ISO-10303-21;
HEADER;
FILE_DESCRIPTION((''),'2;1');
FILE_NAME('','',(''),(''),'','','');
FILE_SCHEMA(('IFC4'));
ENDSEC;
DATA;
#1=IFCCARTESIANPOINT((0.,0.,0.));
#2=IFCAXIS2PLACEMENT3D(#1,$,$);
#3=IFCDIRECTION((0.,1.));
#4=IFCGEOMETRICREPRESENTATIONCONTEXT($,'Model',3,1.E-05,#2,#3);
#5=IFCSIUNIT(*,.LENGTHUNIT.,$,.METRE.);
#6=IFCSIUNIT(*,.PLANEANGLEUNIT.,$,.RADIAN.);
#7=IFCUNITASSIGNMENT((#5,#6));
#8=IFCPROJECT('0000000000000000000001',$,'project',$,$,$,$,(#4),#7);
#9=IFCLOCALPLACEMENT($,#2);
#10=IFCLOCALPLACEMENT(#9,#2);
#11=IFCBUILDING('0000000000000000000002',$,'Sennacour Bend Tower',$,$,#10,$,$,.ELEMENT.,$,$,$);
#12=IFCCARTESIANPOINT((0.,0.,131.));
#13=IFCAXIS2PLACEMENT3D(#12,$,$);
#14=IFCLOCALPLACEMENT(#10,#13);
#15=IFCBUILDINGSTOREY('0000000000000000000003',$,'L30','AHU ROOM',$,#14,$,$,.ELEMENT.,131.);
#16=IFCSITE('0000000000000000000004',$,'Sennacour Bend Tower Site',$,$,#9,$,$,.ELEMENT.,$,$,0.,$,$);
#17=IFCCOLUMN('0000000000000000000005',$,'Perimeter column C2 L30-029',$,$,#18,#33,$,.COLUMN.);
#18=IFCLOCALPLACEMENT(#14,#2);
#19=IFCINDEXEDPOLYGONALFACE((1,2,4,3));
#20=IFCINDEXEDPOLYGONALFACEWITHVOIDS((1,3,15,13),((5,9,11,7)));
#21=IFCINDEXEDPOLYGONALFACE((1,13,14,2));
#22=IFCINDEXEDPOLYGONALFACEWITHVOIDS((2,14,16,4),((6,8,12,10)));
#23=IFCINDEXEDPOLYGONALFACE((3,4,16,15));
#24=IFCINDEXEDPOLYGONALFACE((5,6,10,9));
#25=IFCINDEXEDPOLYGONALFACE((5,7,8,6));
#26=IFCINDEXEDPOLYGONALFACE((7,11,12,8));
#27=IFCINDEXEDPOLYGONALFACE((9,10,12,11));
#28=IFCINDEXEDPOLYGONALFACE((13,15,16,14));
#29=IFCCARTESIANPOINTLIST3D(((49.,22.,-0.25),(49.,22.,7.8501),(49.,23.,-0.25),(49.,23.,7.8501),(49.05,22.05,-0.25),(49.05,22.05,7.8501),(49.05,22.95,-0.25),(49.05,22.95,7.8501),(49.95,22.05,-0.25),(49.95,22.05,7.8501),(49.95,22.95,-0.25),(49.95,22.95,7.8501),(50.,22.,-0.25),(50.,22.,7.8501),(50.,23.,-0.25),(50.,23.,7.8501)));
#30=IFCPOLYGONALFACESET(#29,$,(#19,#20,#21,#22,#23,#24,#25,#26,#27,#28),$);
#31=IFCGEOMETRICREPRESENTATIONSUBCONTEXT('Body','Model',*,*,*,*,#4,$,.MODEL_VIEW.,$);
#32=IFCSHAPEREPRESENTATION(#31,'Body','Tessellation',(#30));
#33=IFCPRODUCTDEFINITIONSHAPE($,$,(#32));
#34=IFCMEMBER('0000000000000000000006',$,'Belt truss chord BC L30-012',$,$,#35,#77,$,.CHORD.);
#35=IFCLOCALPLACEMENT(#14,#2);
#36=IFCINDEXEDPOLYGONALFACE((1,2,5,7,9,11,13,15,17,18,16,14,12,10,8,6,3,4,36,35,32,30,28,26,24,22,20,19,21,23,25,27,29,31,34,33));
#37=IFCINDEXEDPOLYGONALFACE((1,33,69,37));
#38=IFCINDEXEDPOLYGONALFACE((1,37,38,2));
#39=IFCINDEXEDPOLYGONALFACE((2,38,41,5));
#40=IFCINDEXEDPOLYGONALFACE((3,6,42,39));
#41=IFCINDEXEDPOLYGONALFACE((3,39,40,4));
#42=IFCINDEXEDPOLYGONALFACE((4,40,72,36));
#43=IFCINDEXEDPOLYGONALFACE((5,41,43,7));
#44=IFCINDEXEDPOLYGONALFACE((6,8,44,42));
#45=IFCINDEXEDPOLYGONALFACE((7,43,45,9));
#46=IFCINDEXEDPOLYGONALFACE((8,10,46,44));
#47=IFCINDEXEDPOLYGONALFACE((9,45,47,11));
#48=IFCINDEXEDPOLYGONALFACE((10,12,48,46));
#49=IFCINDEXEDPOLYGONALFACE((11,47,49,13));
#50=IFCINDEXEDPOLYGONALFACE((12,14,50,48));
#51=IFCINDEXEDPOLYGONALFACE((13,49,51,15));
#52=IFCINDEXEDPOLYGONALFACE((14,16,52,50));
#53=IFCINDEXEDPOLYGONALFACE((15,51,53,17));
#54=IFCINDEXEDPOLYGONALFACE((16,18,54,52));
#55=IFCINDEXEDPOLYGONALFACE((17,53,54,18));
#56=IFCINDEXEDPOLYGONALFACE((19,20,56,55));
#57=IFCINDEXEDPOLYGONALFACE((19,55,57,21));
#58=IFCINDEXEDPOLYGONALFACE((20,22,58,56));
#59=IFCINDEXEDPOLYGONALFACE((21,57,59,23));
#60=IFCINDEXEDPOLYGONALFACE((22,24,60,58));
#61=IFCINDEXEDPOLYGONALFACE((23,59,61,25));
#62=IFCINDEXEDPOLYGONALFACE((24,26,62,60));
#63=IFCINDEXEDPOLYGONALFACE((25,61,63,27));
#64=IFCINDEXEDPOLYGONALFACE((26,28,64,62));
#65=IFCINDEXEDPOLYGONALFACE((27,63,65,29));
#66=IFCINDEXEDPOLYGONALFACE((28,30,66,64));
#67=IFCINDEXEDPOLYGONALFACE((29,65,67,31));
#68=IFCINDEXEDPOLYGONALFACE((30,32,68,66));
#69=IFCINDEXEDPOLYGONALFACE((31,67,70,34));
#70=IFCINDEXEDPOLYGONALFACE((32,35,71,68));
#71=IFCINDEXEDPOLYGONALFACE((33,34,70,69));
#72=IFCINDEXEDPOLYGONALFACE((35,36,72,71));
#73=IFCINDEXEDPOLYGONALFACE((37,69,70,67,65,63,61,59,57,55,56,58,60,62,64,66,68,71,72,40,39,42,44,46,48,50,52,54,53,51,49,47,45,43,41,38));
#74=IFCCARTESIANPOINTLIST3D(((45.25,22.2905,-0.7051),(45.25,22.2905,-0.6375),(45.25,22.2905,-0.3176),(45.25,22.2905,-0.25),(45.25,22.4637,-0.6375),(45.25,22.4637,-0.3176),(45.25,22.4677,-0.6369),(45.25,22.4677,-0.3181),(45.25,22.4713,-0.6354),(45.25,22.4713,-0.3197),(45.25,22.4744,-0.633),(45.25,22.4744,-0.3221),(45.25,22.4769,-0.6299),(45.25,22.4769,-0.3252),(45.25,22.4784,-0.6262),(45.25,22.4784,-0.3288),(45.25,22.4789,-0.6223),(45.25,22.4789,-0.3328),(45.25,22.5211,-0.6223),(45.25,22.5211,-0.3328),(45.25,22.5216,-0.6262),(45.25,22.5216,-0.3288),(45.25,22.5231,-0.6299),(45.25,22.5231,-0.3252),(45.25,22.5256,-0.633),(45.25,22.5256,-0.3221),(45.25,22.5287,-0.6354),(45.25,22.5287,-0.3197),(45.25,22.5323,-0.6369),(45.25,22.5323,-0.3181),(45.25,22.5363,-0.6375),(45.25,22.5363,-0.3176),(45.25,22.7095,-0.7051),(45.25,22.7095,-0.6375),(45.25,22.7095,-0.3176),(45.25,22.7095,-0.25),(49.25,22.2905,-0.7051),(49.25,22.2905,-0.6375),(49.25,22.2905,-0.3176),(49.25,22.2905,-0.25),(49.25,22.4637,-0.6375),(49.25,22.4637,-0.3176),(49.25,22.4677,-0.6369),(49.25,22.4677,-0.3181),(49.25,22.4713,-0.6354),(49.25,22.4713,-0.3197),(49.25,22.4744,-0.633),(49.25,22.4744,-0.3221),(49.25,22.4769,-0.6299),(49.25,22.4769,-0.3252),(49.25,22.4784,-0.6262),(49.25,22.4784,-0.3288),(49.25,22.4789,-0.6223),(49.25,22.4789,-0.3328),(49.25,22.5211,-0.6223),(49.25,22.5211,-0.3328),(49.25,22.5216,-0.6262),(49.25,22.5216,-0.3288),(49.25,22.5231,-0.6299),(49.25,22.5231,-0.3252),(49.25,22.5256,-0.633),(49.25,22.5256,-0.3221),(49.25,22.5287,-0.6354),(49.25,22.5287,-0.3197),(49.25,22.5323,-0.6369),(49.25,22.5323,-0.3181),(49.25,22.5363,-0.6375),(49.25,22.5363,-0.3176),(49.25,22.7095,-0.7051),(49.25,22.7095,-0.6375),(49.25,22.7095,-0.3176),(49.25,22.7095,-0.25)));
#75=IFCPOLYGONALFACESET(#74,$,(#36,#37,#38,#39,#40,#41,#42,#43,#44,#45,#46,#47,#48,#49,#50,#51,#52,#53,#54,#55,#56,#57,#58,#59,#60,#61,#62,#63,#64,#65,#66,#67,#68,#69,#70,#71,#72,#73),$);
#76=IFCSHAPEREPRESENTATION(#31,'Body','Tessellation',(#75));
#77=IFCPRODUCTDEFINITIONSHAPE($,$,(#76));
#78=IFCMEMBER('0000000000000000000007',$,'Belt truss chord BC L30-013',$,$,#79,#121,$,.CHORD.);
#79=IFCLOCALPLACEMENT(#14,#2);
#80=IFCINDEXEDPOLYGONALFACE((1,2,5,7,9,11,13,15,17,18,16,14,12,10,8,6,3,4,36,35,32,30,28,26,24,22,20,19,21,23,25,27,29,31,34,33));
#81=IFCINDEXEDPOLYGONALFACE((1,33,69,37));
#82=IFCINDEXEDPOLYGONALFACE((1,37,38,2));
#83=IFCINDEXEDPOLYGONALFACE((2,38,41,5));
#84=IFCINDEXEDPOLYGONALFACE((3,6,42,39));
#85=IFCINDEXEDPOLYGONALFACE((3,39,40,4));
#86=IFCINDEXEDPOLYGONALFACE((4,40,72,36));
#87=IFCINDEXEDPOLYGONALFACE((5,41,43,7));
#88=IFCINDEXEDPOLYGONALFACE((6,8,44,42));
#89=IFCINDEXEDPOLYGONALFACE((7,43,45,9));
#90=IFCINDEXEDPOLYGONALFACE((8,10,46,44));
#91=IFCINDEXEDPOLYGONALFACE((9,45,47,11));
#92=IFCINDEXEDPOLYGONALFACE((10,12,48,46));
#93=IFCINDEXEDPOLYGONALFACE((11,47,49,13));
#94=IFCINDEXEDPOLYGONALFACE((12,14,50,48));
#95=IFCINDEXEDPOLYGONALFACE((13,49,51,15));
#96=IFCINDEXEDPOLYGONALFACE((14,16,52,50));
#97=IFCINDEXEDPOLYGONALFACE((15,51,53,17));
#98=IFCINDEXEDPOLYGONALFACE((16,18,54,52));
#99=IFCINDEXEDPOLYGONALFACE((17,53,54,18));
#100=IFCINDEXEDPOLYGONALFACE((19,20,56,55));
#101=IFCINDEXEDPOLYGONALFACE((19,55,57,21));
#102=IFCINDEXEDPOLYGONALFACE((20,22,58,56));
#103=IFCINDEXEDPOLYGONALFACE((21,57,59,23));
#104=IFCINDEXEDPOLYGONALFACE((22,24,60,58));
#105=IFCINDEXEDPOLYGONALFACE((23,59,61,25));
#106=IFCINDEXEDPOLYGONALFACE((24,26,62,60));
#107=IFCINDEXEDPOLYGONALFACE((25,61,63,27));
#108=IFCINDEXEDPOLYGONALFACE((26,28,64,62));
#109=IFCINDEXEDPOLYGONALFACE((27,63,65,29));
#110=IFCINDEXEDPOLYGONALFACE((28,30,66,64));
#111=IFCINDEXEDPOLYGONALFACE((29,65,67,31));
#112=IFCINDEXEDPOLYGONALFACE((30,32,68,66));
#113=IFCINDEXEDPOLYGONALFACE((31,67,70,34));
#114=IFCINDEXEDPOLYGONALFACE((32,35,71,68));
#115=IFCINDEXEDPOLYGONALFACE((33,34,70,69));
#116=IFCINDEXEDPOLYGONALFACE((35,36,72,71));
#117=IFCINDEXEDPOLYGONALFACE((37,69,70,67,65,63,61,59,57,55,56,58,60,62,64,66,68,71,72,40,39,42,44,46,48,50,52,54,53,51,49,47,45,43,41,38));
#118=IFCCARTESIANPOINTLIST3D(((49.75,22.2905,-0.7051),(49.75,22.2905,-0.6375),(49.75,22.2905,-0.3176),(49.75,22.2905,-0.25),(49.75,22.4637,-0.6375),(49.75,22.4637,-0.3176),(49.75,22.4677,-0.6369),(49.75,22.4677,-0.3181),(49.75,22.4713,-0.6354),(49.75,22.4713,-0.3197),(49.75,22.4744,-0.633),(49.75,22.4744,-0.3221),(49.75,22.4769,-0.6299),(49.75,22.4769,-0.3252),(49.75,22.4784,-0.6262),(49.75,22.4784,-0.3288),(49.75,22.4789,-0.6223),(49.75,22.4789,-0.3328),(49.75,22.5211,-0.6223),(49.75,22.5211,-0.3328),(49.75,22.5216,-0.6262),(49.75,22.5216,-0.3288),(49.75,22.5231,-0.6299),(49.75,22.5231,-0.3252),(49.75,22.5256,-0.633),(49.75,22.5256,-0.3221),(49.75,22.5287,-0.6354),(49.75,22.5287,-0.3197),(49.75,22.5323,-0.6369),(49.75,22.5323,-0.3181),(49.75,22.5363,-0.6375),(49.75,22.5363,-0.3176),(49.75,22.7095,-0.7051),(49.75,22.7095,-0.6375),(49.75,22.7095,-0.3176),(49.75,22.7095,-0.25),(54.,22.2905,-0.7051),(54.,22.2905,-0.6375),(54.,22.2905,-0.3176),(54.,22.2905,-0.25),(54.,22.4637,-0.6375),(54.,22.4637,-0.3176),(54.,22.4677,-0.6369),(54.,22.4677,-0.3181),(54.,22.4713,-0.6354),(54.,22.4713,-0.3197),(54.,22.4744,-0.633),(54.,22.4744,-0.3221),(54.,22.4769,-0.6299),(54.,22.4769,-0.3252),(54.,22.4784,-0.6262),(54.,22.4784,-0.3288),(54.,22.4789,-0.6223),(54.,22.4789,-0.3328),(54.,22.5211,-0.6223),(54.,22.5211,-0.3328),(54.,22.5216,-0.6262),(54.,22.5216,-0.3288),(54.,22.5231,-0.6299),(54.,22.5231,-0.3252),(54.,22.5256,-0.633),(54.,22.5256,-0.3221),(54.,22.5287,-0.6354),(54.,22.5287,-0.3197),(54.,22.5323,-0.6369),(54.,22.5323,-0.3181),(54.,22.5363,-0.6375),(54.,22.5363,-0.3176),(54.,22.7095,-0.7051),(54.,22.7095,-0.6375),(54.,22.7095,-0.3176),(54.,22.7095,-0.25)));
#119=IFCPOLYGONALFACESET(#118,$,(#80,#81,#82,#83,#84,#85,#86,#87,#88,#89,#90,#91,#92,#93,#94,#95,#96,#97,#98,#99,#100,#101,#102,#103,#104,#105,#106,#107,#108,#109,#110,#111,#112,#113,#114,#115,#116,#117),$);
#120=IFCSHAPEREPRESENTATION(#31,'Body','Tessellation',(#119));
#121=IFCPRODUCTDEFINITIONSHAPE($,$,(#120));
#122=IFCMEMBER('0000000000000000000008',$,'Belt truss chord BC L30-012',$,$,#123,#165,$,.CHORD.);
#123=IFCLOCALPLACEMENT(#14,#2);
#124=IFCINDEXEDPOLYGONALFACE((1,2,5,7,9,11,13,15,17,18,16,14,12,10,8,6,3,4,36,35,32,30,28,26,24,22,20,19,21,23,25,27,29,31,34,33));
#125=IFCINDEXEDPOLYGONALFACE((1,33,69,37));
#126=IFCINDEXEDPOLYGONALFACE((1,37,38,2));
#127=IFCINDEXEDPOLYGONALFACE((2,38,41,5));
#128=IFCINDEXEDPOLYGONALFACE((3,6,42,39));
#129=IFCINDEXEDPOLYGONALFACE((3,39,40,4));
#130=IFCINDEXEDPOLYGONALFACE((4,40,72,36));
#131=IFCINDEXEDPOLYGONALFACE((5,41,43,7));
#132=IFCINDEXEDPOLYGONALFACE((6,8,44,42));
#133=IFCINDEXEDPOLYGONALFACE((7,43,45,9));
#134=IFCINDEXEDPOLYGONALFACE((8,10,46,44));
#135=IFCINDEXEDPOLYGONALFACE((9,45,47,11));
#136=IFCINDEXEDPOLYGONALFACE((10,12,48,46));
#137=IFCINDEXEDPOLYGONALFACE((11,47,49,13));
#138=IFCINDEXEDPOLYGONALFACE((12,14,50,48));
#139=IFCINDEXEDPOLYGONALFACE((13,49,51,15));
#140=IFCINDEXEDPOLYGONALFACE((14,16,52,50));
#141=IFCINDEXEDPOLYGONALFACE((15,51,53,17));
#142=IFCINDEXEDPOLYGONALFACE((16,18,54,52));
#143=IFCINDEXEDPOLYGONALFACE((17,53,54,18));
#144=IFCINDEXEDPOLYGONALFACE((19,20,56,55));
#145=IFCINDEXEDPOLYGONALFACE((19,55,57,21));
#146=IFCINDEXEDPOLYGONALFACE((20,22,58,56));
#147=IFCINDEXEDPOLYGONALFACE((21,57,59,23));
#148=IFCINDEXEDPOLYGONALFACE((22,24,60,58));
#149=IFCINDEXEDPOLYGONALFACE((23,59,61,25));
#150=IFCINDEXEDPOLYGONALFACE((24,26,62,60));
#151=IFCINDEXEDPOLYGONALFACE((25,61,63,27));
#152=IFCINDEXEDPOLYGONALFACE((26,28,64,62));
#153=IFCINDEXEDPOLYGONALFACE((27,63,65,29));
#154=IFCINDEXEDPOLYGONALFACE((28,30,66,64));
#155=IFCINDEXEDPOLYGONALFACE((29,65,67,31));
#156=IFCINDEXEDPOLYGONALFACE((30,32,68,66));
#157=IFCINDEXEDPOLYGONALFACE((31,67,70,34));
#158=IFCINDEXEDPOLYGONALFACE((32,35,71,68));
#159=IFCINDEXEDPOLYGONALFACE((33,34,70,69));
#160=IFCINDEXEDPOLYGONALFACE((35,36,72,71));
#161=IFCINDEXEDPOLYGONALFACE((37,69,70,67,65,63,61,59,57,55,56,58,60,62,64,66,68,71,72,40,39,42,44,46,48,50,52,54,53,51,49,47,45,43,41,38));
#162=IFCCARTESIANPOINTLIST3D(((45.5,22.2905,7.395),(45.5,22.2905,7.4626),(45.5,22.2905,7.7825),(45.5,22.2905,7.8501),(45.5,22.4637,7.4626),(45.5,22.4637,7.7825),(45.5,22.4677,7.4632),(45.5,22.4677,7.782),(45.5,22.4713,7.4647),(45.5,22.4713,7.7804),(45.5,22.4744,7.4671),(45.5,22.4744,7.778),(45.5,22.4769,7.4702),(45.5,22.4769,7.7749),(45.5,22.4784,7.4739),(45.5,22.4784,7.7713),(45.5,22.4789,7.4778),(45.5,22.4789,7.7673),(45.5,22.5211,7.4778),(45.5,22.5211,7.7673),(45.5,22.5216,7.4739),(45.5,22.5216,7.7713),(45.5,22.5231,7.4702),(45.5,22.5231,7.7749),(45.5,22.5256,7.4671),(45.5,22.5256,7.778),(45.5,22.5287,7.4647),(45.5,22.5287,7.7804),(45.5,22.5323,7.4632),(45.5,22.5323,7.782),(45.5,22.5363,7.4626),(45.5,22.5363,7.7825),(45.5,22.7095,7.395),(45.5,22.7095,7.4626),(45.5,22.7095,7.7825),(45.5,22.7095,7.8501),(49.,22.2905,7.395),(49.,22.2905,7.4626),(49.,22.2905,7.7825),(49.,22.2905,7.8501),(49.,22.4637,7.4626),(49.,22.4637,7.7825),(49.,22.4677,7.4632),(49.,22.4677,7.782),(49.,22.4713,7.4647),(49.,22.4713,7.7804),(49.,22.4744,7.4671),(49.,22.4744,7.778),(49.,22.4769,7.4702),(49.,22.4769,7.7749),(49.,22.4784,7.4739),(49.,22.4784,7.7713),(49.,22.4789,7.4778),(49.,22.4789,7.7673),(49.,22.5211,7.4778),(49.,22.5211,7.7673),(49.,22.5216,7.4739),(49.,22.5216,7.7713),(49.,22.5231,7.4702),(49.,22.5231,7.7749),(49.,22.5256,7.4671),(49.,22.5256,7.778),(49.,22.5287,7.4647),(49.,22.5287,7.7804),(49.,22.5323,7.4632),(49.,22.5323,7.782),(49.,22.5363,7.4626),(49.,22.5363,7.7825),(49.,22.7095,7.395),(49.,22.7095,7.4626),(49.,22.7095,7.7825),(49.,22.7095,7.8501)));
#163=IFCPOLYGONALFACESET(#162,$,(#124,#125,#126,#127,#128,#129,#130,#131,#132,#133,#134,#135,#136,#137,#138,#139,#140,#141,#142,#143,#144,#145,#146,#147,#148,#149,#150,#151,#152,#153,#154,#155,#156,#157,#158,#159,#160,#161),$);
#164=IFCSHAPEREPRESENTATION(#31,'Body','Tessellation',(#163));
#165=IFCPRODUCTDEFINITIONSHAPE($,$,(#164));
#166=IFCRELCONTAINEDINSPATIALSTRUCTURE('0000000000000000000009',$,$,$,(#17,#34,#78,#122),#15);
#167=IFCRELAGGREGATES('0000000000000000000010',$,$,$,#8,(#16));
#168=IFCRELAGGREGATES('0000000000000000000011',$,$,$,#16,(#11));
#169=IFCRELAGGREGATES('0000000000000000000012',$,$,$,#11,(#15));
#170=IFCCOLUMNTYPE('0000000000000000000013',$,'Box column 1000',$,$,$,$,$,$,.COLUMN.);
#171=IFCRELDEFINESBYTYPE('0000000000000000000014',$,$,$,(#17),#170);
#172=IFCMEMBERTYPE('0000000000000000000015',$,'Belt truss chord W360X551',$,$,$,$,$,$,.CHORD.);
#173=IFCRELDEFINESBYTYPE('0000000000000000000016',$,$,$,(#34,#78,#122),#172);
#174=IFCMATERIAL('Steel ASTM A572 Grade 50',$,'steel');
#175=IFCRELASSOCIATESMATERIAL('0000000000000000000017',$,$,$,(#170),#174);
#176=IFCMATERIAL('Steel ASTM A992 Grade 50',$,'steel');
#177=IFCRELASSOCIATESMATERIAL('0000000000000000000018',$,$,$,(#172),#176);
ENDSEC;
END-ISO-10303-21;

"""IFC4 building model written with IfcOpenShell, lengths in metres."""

from ifc_helpers import new_model, si_unit, direction, frame, origin, origin_2d, place, context, subcontext, project, spatial, hollow_rectangle, i_section, extrude, material, material_profile, profile_set, type_object, element, save


model = new_model("IFC4")

# Units and contexts
model_context = context("Model", 3, precision=1e-05, world=origin(), true_north=direction((0.0, 1.0)))
body_context = subcontext(model_context, "Body", "Model", "MODEL_VIEW")
ifc_project = project(units=[si_unit("LENGTHUNIT", "METRE"), si_unit("PLANEANGLEUNIT", "RADIAN")], contexts=[model_context])

# Site, building, storey
site_placement = place(None, origin())
site = spatial("IfcSite", under=ifc_project, at=site_placement, Name="Sennacour Bend Tower Site", CompositionType="ELEMENT", RefElevation=0.0)
building_placement = place(site_placement, origin())
building = spatial("IfcBuilding", under=site, at=building_placement, Name="Sennacour Bend Tower", CompositionType="ELEMENT")
storey_placement = place(building_placement, frame((0.0, 0.0, 131.0)))
storey = spatial("IfcBuildingStorey", under=building, at=storey_placement, Name="L30", Description="AHU ROOM", CompositionType="ELEMENT", Elevation=131.0)

# Column
ifc_material_1 = material(Name="Steel ASTM A572 Grade 50", Category="steel")
ifc_material_profile_1 = material_profile(ifc_material_1, hollow_rectangle(XDim=1.0, YDim=1.0, WallThickness=0.05, at=origin_2d()), Name="Steel ASTM A572 Grade 50", Category="steel")
ifc_profile_set_1 = profile_set([ifc_material_profile_1], Name="Steel ASTM A572 Grade 50")
column_type = type_object("IfcColumnType", Name="Box column 1000", PredefinedType="COLUMN", material=ifc_profile_set_1)
column_placement = place(storey_placement, frame((49.5, 22.5, -0.25), z_axis=(0.0, 0.0, 1.0), x_axis=(1.0, 0.0, 0.0)))
element("IfcColumn", 1, at=column_placement, inside=storey, type_object=column_type, Name="Perimeter column C2 L30-029", PredefinedType="COLUMN", context=body_context, shape_type="SweptSolid", body=[
    extrude(hollow_rectangle(XDim=1.0, YDim=1.0, WallThickness=0.05, at=origin_2d()), origin(), (0.0, 0.0, 1.0), 8.1001),
])

# Members
ifc_material_2 = material(Name="Steel ASTM A992 Grade 50", Category="steel")
ifc_material_profile_2 = material_profile(ifc_material_2, i_section(OverallWidth=0.4189, OverallDepth=0.4551, WebThickness=0.0422, FlangeThickness=0.0676, FilletRadius=0.0151, at=origin_2d()), Name="Steel ASTM A992 Grade 50", Category="steel")
ifc_profile_set_2 = profile_set([ifc_material_profile_2], Name="Steel ASTM A992 Grade 50")
member_type_1 = type_object("IfcMemberType", Name="Belt truss chord W360X551", PredefinedType="CHORD", material=ifc_profile_set_2)
member_1_placement = place(storey_placement, frame((45.25, 22.5, -0.4775), z_axis=(1.0, 0.0, 0.0), x_axis=(0.0, 1.0, 0.0)))
element("IfcMember", 2, at=member_1_placement, inside=storey, type_object=member_type_1, Name="Belt truss chord BC L30-012", PredefinedType="CHORD", context=body_context, shape_type="SweptSolid", body=[
    extrude(i_section(OverallWidth=0.4189, OverallDepth=0.4551, WebThickness=0.0422, FlangeThickness=0.0676, FilletRadius=0.0151, at=origin_2d()), origin(), (0.0, 0.0, 1.0), 4.0),
])
member_2_placement = place(storey_placement, frame((49.75, 22.5, -0.4775), z_axis=(1.0, 0.0, 0.0), x_axis=(0.0, 1.0, 0.0)))
element("IfcMember", 3, at=member_2_placement, inside=storey, type_object=member_type_1, Name="Belt truss chord BC L30-013", PredefinedType="CHORD", context=body_context, shape_type="SweptSolid", body=[
    extrude(i_section(OverallWidth=0.4189, OverallDepth=0.4551, WebThickness=0.0422, FlangeThickness=0.0676, FilletRadius=0.0151, at=origin_2d()), origin(), (0.0, 0.0, 1.0), 4.25),
])
member_3_placement = place(storey_placement, frame((45.5, 22.5, 7.6226), z_axis=(1.0, 0.0, 0.0), x_axis=(0.0, 1.0, 0.0)))
element("IfcMember", 4, at=member_3_placement, inside=storey, type_object=member_type_1, Name="Belt truss chord BC L30-012", PredefinedType="CHORD", context=body_context, shape_type="SweptSolid", body=[
    extrude(i_section(OverallWidth=0.4189, OverallDepth=0.4551, WebThickness=0.0422, FlangeThickness=0.0676, FilletRadius=0.0151, at=origin_2d()), origin(), (0.0, 0.0, 1.0), 3.5),
])

save(model, "model.ifc")
